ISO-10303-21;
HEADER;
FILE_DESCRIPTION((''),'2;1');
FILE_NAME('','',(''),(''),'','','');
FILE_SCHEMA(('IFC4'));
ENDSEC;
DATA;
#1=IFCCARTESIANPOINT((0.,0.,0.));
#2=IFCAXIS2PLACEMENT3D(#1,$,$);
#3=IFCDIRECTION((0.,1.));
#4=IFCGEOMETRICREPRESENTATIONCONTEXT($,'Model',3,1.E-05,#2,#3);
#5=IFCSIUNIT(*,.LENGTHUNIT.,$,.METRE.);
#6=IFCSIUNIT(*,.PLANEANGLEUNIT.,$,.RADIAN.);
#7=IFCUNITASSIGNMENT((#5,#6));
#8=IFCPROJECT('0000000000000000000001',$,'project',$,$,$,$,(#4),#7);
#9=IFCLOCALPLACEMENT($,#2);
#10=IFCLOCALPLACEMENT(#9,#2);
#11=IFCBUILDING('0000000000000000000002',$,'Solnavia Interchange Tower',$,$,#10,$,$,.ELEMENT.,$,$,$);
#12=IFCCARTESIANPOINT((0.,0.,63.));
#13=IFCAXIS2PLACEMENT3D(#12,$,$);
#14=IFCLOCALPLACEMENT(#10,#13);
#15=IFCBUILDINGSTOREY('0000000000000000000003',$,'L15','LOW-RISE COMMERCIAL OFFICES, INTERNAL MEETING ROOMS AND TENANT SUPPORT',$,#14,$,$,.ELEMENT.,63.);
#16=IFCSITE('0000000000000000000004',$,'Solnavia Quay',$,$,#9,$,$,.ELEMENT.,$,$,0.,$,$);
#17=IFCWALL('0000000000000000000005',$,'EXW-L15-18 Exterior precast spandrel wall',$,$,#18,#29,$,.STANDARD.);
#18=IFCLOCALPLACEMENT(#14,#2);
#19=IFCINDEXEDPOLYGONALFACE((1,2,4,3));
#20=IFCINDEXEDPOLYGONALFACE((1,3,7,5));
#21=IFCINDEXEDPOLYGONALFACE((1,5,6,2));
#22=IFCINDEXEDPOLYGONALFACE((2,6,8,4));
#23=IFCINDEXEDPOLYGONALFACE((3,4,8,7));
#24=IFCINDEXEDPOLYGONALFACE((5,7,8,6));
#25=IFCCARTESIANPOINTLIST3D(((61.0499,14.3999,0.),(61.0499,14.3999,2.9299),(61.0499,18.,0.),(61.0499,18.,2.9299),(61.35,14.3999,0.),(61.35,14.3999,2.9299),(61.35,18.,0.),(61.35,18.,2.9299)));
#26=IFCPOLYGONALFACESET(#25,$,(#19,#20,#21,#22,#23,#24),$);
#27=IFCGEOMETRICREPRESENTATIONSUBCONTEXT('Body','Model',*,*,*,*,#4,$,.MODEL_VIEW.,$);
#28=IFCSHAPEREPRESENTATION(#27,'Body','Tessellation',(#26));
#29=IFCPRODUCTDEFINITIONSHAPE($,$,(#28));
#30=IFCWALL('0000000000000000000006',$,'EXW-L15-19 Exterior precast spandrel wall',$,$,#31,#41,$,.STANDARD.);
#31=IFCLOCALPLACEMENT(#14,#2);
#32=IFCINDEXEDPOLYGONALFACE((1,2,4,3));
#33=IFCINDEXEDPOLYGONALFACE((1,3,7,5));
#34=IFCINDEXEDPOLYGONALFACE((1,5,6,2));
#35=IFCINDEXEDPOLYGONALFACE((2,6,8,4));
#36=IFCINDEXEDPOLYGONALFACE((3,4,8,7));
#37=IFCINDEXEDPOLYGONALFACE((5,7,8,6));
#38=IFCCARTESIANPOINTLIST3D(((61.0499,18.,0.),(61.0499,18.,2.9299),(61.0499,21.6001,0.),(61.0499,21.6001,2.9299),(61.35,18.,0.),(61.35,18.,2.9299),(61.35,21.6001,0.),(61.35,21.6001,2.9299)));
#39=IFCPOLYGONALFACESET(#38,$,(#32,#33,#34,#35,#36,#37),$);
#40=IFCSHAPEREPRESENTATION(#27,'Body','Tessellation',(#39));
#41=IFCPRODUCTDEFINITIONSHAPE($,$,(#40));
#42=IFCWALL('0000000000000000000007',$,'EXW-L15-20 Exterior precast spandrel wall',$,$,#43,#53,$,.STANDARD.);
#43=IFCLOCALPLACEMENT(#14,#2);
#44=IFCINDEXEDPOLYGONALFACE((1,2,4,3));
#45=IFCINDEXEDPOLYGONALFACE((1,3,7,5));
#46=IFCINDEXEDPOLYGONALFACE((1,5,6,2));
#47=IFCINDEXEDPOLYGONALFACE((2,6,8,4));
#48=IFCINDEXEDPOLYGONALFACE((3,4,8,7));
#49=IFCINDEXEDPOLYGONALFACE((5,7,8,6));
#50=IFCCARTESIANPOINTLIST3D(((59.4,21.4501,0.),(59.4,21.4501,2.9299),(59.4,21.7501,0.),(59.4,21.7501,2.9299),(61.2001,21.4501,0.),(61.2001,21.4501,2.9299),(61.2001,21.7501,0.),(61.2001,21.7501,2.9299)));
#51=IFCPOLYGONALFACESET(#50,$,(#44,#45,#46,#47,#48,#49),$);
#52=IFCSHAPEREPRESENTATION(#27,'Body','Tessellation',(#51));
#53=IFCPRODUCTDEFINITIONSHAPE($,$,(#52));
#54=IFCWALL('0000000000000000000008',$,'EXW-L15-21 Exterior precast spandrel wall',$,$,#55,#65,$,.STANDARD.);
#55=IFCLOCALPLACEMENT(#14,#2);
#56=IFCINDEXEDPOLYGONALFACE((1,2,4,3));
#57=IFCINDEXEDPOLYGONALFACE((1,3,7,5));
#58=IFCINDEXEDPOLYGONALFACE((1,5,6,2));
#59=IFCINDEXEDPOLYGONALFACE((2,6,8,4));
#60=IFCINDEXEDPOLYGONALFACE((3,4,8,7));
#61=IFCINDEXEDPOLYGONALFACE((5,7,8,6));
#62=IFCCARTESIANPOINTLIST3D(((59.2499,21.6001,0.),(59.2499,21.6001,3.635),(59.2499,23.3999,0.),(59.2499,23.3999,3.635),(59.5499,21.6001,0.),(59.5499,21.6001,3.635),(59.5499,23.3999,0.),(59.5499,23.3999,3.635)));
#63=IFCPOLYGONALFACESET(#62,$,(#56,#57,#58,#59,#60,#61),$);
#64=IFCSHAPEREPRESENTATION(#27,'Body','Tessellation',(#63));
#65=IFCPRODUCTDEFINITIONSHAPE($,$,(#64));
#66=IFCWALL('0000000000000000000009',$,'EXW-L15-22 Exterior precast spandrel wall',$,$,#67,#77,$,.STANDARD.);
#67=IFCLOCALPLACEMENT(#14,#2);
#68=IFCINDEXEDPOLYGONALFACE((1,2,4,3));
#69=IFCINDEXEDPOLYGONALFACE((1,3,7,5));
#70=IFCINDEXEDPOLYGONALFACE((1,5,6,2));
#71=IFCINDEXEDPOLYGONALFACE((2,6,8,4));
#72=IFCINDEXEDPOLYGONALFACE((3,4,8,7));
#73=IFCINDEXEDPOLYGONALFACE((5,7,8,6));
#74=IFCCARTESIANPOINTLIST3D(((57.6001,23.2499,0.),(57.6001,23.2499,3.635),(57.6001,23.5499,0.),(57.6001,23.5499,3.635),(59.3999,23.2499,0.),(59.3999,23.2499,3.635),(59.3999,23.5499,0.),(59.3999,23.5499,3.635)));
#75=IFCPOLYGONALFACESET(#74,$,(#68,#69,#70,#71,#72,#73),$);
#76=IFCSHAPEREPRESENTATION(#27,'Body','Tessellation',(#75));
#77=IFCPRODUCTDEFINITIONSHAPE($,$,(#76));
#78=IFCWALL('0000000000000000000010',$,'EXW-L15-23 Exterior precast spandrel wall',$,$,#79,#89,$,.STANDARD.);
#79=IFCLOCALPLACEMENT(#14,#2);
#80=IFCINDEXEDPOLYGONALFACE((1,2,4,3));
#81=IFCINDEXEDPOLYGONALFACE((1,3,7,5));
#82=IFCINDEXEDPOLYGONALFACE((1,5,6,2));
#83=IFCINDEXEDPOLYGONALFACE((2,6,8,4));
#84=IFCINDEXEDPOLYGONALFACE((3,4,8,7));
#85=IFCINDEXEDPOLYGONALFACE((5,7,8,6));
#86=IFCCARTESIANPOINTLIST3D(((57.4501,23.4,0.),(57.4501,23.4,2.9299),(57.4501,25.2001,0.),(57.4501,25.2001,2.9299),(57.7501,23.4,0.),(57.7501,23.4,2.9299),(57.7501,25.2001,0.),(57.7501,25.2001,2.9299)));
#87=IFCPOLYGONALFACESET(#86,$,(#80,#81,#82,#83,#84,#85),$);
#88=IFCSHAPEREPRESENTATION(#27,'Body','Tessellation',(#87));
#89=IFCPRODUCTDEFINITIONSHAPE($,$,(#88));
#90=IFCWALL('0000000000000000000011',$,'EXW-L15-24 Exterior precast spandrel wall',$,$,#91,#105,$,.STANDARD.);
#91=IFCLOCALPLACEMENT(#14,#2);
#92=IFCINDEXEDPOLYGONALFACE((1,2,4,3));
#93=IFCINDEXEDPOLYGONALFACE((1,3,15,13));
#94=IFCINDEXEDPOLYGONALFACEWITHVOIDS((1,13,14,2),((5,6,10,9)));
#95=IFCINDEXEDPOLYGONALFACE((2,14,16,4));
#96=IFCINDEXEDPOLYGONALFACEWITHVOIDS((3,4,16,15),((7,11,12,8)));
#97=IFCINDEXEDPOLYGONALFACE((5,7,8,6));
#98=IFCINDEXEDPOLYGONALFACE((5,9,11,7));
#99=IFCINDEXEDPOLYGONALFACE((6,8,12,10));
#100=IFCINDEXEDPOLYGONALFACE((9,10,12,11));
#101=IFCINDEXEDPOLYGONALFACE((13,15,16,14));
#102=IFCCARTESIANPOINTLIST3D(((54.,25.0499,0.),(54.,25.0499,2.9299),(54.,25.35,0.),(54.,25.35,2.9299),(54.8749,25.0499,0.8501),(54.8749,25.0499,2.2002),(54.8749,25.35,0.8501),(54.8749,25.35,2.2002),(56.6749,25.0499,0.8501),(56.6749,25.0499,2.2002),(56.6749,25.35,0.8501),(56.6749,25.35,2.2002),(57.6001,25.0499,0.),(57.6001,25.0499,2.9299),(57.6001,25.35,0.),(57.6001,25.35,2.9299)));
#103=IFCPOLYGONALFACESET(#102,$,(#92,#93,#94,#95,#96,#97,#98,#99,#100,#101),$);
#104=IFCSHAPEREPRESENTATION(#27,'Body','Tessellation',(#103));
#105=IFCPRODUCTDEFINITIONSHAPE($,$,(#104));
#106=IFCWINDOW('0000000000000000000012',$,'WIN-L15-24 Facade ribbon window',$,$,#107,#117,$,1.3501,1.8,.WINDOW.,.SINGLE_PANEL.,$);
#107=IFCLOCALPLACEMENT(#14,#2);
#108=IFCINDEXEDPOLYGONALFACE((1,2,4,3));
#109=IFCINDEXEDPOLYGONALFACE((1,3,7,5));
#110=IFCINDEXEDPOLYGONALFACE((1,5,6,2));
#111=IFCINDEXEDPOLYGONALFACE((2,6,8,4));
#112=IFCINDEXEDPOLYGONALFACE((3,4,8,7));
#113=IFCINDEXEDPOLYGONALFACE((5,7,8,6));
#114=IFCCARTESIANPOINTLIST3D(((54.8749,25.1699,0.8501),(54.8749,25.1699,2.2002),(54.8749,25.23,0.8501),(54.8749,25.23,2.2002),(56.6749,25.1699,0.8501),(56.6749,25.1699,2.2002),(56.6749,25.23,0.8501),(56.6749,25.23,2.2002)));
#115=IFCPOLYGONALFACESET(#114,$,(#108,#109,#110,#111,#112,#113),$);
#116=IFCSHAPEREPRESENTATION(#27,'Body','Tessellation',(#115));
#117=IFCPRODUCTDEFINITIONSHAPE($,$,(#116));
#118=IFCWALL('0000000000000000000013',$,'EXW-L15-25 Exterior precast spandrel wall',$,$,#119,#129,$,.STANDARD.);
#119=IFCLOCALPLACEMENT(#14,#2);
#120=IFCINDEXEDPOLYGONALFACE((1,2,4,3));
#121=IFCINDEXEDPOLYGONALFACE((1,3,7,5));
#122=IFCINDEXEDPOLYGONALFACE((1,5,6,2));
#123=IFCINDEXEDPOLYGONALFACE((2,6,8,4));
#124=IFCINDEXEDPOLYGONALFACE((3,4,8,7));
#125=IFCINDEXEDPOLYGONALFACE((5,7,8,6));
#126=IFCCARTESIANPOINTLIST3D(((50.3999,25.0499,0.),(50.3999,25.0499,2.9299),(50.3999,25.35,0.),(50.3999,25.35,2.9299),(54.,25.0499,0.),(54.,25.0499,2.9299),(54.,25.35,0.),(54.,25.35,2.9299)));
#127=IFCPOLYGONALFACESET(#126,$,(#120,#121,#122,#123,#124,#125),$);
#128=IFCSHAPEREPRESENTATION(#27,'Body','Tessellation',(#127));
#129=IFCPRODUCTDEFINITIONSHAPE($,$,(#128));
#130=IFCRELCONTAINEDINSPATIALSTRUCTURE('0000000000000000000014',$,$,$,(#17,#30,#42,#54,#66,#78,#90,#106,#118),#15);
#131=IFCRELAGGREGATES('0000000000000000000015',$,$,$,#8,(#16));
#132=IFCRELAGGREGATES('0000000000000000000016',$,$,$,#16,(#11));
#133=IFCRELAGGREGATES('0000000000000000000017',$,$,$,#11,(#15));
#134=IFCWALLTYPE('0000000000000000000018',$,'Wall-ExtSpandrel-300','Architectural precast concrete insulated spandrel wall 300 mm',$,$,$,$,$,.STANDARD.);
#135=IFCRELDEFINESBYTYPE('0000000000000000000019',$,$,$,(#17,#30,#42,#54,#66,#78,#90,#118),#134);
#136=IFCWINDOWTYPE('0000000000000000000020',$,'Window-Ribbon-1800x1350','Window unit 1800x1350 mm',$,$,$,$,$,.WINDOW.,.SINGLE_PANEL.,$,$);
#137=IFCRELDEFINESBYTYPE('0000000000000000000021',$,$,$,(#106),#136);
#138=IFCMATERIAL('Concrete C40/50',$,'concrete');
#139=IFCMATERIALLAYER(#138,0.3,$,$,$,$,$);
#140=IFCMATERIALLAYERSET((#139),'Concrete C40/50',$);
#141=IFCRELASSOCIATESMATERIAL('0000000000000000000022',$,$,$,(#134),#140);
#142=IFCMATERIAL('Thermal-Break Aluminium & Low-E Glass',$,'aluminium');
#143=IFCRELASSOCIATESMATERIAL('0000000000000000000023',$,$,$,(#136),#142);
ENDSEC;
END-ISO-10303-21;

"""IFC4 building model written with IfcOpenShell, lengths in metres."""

from ifc_helpers import new_model, si_unit, direction, frame, frame_2d, origin, place, context, subcontext, project, spatial, rectangle, extrude, material, layer, layer_set, type_object, element, fill, save


model = new_model("IFC4")

# Units and contexts
model_context = context("Model", 3, precision=1e-05, world=origin(), true_north=direction((0.0, 1.0)))
body_context = subcontext(model_context, "Body", "Model", "MODEL_VIEW")
ifc_project = project(units=[si_unit("LENGTHUNIT", "METRE"), si_unit("PLANEANGLEUNIT", "RADIAN")], contexts=[model_context])

# Site, building, storey
site_placement = place(None, origin())
site = spatial("IfcSite", under=ifc_project, at=site_placement, Name="Solnavia Quay", CompositionType="ELEMENT", RefElevation=0.0)
building_placement = place(site_placement, origin())
building = spatial("IfcBuilding", under=site, at=building_placement, Name="Solnavia Interchange Tower", CompositionType="ELEMENT")
storey_placement = place(building_placement, frame((0.0, 0.0, 63.0)))
storey = spatial("IfcBuildingStorey", under=building, at=storey_placement, Name="L15", Description="LOW-RISE COMMERCIAL OFFICES, INTERNAL MEETING ROOMS AND TENANT SUPPORT", CompositionType="ELEMENT", Elevation=63.0)

# Walls
ifc_material_1 = material(Name="Concrete C40/50", Category="concrete")
ifc_layer_1 = layer(ifc_material_1, 0.3)
ifc_layer_set_1 = layer_set([ifc_layer_1], Name="Concrete C40/50")
wall_type = type_object("IfcWallType", Name="Wall-ExtSpandrel-300", Description="Architectural precast concrete insulated spandrel wall 300 mm", PredefinedType="STANDARD", material=ifc_layer_set_1)
for number, where, z_axis, x_axis, name in (
    (1, (61.2, 18.0, 0.0), (0.0, 0.0, 1.0), (0.0, -1.0, 0.0), "EXW-L15-18 Exterior precast spandrel wall"),
    (2, (61.2, 21.6001, 0.0), (0.0, 0.0, 1.0), (0.0, -1.0, 0.0), "EXW-L15-19 Exterior precast spandrel wall"),
):
    element("IfcWall", number, at=place(storey_placement, frame(where, z_axis=z_axis, x_axis=x_axis)), inside=storey, type_object=wall_type, Name=name, PredefinedType="STANDARD", context=body_context, shape_type="SweptSolid", body=[
        extrude(rectangle(XDim=3.6001, YDim=0.3, at=frame_2d((1.8, 0.0))), origin(), (0.0, 0.0, 1.0), 2.9299),
    ])
wall_1_placement = place(storey_placement, frame((61.2, 21.6001, 0.0), z_axis=(0.0, 0.0, 1.0), x_axis=(-1.0, 0.0, 0.0)))
element("IfcWall", 3, at=wall_1_placement, inside=storey, type_object=wall_type, Name="EXW-L15-20 Exterior precast spandrel wall", PredefinedType="STANDARD", context=body_context, shape_type="SweptSolid", body=[
    extrude(rectangle(XDim=1.8, YDim=0.3, at=frame_2d((0.8999, 0.0))), origin(), (0.0, 0.0, 1.0), 2.9299),
])
for number, where, z_axis, x_axis, name in (
    (4, (59.3999, 23.3999, 0.0), (0.0, 0.0, 1.0), (0.0, -1.0, 0.0), "EXW-L15-21 Exterior precast spandrel wall"),
    (5, (57.6001, 23.3999, 0.0), (0.0, 0.0, 1.0), (1.0, 0.0, 0.0), "EXW-L15-22 Exterior precast spandrel wall"),
):
    element("IfcWall", number, at=place(storey_placement, frame(where, z_axis=z_axis, x_axis=x_axis)), inside=storey, type_object=wall_type, Name=name, PredefinedType="STANDARD", context=body_context, shape_type="SweptSolid", body=[
        extrude(rectangle(XDim=1.7998, YDim=0.3, at=frame_2d((0.8999, 0.0))), origin(), (0.0, 0.0, 1.0), 3.635),
    ])
wall_2_placement = place(storey_placement, frame((57.6001, 25.2, 0.0), z_axis=(0.0, 0.0, 1.0), x_axis=(0.0, -1.0, 0.0)))
element("IfcWall", 6, at=wall_2_placement, inside=storey, type_object=wall_type, Name="EXW-L15-23 Exterior precast spandrel wall", PredefinedType="STANDARD", context=body_context, shape_type="SweptSolid", body=[
    extrude(rectangle(XDim=1.8, YDim=0.3, at=frame_2d((0.8999, 0.0))), origin(), (0.0, 0.0, 1.0), 2.9299),
])

# Wall, opening, window
wall_3_placement = place(storey_placement, frame((54.0, 25.2, 0.0), z_axis=(0.0, 0.0, 1.0), x_axis=(1.0, 0.0, 0.0)))
wall_3 = element("IfcWall", 7, at=wall_3_placement, inside=storey, type_object=wall_type, Name="EXW-L15-24 Exterior precast spandrel wall", PredefinedType="STANDARD", context=body_context, shape_type="SweptSolid", body=[
    extrude(rectangle(XDim=3.6001, YDim=0.3, at=frame_2d((1.8, 0.0))), origin(), (0.0, 0.0, 1.0), 2.9299),
])
opening_placement = place(wall_3_placement, frame((0.875, 0.0, 0.8501)))
opening = element("IfcOpeningElement", 8, at=opening_placement, cuts=wall_3, PredefinedType="OPENING", context=body_context, shape_type="SweptSolid", body=[
    extrude(rectangle(XDim=1.8, YDim=1.3501, at=frame_2d((0.8999, 0.675))), frame((0.0, 0.1602, 0.0), z_axis=(0.0, -1.0, 0.0), x_axis=(1.0, 0.0, 0.0)), (0.0, 0.0, 1.0), 0.3201),
])
ifc_material_2 = material(Name="Thermal-Break Aluminium & Low-E Glass", Category="aluminium")
window_type = type_object("IfcWindowType", Name="Window-Ribbon-1800x1350", Description="Window unit 1800x1350 mm", PartitioningType="SINGLE_PANEL", PredefinedType="WINDOW", material=ifc_material_2)
window_placement = place(opening_placement, origin())
window = element("IfcWindow", 9, at=window_placement, inside=storey, type_object=window_type, Name="WIN-L15-24 Facade ribbon window", OverallHeight=1.3501, OverallWidth=1.8, PartitioningType="SINGLE_PANEL", PredefinedType="WINDOW", context=body_context, shape_type="SweptSolid", body=[
    extrude(rectangle(XDim=1.8, YDim=1.3501, at=frame_2d((0.8999, 0.675))), frame((0.0, 0.03, 0.0), z_axis=(0.0, -1.0, 0.0), x_axis=(1.0, 0.0, 0.0)), (0.0, 0.0, 1.0), 0.0601),
])
fill(opening, window)

# Wall
wall_4_placement = place(storey_placement, frame((50.3999, 25.2, 0.0), z_axis=(0.0, 0.0, 1.0), x_axis=(1.0, 0.0, 0.0)))
element("IfcWall", 10, at=wall_4_placement, inside=storey, type_object=wall_type, Name="EXW-L15-25 Exterior precast spandrel wall", PredefinedType="STANDARD", context=body_context, shape_type="SweptSolid", body=[
    extrude(rectangle(XDim=3.6001, YDim=0.3, at=frame_2d((1.8, 0.0))), origin(), (0.0, 0.0, 1.0), 2.9299),
])

save(model, "model.ifc")
